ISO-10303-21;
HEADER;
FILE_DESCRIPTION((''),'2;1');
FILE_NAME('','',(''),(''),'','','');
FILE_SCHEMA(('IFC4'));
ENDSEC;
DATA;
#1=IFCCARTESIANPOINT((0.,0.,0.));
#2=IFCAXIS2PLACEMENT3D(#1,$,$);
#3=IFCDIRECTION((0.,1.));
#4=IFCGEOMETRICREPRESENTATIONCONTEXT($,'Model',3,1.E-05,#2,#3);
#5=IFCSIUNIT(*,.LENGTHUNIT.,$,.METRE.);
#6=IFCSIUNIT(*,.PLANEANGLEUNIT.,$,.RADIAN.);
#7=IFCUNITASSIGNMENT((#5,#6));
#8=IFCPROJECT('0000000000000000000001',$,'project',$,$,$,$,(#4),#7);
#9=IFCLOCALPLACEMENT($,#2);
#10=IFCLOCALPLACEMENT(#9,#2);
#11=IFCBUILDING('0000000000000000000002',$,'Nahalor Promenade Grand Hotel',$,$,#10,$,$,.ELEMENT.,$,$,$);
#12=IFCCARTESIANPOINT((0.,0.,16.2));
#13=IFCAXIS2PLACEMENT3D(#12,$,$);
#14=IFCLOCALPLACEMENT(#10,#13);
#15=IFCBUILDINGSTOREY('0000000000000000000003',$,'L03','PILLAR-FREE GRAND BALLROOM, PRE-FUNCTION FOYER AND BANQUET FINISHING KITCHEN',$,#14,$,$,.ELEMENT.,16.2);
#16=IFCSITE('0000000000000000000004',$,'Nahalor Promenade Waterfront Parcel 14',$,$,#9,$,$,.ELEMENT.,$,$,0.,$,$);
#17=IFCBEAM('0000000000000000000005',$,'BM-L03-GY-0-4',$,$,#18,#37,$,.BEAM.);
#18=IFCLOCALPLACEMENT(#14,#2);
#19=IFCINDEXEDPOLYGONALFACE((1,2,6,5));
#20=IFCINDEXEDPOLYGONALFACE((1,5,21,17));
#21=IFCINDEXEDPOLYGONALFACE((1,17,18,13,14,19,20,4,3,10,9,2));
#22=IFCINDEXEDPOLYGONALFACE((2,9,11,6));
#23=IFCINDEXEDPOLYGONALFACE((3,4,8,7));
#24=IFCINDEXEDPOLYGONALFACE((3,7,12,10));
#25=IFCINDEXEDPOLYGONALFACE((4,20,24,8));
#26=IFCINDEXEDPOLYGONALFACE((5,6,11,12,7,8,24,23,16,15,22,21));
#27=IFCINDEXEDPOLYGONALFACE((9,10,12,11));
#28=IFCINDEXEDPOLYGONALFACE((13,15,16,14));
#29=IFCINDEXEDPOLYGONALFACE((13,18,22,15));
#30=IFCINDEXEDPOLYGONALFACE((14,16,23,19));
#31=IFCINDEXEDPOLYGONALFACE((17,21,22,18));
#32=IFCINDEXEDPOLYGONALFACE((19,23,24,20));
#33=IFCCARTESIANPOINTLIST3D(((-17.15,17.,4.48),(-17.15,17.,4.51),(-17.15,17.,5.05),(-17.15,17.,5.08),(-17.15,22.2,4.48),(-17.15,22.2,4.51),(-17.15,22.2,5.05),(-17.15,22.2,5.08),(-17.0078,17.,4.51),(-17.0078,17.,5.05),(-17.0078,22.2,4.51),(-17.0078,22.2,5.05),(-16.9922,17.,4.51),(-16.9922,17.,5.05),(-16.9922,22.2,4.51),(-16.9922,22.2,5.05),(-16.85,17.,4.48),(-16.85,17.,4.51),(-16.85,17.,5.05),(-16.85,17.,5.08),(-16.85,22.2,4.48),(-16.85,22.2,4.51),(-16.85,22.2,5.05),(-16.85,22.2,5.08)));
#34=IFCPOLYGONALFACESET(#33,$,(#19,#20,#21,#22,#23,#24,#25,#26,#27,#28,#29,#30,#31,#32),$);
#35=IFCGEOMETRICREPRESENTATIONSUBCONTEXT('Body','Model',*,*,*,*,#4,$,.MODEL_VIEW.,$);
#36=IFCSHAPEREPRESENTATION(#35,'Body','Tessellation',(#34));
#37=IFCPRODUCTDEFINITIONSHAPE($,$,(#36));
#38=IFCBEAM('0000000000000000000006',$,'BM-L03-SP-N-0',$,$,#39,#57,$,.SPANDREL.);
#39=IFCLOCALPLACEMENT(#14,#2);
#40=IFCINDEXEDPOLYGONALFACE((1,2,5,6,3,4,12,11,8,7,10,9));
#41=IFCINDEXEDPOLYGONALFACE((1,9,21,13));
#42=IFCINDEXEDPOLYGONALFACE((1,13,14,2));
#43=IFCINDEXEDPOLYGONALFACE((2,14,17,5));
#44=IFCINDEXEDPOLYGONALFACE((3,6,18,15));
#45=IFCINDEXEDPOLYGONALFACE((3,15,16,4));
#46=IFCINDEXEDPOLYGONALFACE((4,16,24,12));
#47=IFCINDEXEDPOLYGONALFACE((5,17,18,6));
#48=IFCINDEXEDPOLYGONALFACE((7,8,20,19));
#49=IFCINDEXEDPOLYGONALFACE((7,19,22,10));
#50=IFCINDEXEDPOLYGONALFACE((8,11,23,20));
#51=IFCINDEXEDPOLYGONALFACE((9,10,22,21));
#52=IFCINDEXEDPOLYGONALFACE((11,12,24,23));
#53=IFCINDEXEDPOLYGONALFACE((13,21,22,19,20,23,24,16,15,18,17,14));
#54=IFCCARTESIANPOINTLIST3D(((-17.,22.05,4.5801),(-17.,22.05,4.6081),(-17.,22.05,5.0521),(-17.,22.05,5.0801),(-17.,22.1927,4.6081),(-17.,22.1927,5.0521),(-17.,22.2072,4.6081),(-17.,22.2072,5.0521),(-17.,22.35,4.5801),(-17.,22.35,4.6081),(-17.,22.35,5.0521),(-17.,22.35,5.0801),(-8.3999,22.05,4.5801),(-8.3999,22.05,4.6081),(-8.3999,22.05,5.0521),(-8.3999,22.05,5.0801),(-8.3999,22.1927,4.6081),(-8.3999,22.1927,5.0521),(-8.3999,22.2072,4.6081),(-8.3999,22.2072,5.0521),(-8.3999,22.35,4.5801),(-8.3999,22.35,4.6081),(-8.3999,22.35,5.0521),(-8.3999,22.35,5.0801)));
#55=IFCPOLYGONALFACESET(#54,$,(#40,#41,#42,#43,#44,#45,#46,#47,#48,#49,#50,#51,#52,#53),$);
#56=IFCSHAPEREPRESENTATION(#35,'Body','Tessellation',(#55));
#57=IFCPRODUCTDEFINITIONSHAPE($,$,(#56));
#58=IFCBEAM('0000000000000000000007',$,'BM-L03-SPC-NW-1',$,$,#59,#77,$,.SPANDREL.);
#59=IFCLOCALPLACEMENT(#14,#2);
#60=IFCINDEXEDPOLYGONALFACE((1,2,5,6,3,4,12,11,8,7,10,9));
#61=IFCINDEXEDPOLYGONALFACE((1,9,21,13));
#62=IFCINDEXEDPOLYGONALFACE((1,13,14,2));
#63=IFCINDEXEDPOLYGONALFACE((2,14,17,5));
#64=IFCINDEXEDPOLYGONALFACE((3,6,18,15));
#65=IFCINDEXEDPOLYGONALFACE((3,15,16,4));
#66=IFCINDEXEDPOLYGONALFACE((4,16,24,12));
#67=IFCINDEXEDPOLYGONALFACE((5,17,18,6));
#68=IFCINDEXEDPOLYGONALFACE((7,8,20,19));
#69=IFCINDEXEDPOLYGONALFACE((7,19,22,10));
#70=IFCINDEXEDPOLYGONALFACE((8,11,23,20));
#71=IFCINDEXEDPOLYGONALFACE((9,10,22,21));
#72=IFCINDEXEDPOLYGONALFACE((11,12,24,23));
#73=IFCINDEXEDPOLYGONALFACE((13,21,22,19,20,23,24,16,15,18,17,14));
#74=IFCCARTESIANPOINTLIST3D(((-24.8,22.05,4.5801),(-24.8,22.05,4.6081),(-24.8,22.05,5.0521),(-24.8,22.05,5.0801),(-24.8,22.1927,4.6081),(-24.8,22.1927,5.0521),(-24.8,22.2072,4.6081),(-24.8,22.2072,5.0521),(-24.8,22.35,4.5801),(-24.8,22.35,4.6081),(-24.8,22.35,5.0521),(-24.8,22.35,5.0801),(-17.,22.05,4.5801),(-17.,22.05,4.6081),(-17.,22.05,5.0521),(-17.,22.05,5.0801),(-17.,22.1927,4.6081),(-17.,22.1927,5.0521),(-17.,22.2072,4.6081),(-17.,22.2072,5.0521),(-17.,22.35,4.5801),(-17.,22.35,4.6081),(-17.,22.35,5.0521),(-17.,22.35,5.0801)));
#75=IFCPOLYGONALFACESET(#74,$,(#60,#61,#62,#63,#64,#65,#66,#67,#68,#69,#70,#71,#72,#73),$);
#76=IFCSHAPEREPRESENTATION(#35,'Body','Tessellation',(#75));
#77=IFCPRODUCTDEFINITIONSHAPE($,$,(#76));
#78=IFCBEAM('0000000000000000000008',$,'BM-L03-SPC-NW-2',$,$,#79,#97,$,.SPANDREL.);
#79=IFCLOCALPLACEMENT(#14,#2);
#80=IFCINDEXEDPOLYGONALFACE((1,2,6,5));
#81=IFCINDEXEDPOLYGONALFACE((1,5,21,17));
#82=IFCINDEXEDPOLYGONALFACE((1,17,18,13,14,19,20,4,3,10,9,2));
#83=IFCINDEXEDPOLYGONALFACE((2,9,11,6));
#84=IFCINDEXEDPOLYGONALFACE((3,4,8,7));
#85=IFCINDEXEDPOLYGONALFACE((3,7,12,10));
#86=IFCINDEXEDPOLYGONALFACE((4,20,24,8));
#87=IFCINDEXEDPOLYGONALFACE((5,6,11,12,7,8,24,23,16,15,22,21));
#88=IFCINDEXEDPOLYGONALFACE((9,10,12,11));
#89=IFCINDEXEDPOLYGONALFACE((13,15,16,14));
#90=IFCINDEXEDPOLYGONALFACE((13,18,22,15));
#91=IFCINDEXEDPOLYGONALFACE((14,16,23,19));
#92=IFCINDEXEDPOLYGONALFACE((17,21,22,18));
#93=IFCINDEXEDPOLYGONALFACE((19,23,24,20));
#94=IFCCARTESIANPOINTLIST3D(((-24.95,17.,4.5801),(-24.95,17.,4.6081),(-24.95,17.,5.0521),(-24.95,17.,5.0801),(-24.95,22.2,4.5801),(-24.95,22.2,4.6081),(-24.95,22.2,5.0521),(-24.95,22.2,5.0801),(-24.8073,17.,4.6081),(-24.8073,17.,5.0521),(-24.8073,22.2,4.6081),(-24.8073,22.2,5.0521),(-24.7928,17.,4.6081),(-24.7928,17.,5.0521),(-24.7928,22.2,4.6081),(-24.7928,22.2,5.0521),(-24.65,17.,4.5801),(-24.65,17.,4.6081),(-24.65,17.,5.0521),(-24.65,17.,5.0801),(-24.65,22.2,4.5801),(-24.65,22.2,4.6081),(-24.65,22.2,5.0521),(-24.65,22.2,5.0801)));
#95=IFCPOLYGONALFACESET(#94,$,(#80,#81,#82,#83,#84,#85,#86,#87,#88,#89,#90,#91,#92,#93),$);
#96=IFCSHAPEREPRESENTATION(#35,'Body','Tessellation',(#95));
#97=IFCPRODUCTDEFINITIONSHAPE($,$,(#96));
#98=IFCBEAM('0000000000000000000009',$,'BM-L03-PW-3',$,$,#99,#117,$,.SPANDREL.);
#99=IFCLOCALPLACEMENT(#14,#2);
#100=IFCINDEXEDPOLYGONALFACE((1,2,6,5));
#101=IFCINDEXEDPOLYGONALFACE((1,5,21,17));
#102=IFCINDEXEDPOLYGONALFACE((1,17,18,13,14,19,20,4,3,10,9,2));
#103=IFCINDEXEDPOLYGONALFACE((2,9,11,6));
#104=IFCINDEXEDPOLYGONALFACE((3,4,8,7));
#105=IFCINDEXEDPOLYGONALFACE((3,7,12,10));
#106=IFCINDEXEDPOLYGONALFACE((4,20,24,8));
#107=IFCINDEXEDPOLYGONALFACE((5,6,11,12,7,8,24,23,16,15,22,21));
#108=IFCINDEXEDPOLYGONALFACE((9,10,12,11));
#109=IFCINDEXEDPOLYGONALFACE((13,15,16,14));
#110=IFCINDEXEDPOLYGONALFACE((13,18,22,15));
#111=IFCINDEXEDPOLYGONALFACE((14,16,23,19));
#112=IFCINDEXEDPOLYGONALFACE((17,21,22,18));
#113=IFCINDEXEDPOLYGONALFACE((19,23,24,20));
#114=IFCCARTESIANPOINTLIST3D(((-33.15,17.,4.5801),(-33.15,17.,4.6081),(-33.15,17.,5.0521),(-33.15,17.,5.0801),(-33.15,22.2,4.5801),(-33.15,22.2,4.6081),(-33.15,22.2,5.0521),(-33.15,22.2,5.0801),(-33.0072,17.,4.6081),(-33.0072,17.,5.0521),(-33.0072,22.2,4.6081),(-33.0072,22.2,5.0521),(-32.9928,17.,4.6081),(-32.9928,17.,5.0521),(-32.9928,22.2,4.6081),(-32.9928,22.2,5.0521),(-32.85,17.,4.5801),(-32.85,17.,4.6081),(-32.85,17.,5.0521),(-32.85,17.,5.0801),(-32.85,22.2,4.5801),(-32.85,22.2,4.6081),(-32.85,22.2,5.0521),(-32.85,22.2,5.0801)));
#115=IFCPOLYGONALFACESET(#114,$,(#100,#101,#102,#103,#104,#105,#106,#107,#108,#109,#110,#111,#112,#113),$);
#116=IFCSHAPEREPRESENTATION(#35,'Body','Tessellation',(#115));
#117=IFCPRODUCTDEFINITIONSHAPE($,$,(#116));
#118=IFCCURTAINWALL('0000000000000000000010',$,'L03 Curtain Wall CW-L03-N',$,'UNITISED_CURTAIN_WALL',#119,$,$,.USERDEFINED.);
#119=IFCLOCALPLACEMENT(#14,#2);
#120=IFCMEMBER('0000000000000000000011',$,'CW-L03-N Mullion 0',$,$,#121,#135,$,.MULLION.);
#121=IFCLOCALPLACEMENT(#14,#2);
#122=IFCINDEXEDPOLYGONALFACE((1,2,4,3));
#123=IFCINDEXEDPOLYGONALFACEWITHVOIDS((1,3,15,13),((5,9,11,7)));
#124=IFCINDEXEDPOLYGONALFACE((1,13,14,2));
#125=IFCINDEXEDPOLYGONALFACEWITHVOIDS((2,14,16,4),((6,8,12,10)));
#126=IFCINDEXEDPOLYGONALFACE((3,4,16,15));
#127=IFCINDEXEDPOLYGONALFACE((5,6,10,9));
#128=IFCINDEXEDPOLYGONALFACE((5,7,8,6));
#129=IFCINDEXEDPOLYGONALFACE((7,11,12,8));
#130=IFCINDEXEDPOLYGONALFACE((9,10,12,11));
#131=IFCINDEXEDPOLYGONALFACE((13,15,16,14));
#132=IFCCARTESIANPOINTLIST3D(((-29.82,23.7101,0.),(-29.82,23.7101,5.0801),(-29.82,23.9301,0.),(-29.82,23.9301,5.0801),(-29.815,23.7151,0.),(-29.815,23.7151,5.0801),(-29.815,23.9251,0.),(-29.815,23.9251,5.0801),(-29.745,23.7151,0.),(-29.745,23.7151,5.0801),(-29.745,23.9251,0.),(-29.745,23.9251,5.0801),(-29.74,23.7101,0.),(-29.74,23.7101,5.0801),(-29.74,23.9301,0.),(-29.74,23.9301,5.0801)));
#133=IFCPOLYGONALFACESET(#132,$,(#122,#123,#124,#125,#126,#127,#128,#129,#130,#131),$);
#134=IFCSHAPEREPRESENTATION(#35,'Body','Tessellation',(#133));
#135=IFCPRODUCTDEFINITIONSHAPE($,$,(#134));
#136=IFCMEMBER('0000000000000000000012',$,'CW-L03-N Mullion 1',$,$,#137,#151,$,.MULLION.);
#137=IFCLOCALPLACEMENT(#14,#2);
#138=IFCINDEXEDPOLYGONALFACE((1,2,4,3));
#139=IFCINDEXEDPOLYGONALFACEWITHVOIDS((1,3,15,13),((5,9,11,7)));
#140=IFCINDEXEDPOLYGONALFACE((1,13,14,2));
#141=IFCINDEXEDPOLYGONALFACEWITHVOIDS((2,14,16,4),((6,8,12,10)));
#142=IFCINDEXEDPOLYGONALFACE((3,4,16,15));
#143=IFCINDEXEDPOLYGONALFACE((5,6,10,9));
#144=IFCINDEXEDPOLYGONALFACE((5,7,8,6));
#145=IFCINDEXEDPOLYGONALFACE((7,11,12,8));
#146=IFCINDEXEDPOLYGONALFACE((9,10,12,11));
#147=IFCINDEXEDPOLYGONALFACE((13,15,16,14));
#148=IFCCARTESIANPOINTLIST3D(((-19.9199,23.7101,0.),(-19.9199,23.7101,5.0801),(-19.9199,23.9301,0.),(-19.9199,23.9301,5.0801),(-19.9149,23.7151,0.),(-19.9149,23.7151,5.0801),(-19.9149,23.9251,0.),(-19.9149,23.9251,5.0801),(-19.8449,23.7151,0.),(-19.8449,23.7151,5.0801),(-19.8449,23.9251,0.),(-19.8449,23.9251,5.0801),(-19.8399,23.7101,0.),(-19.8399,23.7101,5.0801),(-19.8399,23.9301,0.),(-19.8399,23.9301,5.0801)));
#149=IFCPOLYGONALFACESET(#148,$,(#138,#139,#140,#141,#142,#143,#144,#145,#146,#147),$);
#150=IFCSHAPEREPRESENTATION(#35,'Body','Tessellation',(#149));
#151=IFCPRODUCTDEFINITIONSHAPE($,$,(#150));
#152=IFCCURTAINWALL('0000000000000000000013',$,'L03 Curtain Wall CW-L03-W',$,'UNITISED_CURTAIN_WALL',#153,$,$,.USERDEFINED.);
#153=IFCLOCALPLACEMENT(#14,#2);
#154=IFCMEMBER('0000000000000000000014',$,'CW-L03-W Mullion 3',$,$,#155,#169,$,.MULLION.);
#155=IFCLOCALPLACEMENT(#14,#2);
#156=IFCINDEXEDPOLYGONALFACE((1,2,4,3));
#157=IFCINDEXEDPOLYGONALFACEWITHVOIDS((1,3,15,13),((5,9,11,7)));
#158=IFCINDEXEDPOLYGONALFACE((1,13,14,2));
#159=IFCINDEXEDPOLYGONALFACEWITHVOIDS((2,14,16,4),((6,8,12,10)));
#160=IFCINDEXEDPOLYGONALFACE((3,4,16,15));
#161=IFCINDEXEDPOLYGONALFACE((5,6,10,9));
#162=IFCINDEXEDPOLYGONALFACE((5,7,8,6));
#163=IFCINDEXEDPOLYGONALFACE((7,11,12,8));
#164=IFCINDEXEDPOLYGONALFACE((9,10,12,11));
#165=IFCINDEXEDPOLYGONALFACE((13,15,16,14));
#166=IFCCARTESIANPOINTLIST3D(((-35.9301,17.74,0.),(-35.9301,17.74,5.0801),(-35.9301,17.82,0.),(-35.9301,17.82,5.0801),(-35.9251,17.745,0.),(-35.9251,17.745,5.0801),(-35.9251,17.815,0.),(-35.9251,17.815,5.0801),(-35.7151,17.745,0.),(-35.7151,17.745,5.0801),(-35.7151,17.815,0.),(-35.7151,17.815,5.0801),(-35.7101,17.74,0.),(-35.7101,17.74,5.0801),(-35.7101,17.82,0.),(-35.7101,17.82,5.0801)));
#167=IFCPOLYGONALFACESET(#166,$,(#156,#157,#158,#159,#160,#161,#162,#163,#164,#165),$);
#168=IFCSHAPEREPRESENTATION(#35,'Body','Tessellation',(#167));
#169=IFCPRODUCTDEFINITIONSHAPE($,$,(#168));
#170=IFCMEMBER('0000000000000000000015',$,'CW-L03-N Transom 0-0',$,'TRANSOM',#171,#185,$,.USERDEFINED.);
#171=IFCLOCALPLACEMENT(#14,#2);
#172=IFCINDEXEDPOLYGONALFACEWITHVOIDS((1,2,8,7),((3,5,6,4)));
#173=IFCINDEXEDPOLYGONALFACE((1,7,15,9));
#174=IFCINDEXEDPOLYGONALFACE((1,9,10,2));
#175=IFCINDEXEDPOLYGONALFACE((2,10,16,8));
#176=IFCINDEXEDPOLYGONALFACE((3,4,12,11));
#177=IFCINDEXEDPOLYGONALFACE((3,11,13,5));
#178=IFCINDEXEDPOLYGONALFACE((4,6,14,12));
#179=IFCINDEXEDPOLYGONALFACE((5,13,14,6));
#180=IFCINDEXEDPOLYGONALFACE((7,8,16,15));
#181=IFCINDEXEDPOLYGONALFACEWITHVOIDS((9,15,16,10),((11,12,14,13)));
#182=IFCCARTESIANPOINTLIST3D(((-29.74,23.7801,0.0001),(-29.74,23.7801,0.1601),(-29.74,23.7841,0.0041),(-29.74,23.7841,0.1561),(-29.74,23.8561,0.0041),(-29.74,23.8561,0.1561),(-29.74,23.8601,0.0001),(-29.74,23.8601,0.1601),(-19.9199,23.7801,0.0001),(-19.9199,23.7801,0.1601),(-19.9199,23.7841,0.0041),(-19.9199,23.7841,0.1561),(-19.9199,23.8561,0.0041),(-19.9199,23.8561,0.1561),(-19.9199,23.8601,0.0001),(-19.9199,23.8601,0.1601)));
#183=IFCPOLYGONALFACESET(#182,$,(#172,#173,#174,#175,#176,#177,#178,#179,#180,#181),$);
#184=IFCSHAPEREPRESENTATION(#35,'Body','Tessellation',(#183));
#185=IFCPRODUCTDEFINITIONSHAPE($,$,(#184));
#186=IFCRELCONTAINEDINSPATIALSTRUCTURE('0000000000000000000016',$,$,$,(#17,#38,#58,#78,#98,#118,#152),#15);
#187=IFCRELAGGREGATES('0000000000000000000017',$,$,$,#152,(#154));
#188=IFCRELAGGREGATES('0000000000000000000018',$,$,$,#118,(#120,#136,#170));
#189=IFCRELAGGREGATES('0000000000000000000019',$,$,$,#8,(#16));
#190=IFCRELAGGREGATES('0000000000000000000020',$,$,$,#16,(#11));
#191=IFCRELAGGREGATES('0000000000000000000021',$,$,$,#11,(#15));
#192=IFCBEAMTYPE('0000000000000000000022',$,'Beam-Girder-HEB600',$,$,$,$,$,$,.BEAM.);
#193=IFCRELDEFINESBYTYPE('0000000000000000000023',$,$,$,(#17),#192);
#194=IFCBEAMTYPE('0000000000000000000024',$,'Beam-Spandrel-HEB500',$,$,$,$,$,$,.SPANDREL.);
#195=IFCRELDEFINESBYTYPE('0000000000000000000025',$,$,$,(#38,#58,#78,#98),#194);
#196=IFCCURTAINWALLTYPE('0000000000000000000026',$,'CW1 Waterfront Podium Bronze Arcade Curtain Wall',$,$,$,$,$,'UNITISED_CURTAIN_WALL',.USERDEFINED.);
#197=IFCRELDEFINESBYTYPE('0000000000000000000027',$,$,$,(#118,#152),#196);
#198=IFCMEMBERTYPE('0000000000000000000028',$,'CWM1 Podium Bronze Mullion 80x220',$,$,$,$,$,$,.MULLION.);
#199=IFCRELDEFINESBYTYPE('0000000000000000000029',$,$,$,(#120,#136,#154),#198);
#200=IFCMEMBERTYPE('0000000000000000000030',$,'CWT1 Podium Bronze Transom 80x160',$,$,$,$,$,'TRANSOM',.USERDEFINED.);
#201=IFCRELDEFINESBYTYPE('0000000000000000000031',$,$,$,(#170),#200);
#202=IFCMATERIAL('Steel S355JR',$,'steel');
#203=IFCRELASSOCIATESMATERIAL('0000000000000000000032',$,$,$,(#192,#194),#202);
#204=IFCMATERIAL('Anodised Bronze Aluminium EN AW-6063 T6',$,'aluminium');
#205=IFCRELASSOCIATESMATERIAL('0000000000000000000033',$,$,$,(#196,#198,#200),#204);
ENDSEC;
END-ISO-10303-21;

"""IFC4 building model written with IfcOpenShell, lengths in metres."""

from ifc_helpers import new_model, si_unit, direction, frame, origin, origin_2d, place, context, subcontext, project, spatial, hollow_rectangle, i_section, extrude, source, transform, mapped, material, material_profile, profile_set, type_object, element, aggregate, save


model = new_model("IFC4")

# Units and contexts
model_context = context("Model", 3, precision=1e-05, world=origin(), true_north=direction((0.0, 1.0)))
body_context = subcontext(model_context, "Body", "Model", "MODEL_VIEW")
ifc_project = project(units=[si_unit("LENGTHUNIT", "METRE"), si_unit("PLANEANGLEUNIT", "RADIAN")], contexts=[model_context])

# Site, building, storey
site_placement = place(None, origin())
site = spatial("IfcSite", under=ifc_project, at=site_placement, Name="Nahalor Promenade Waterfront Parcel 14", CompositionType="ELEMENT", RefElevation=0.0)
building_placement = place(site_placement, origin())
building = spatial("IfcBuilding", under=site, at=building_placement, Name="Nahalor Promenade Grand Hotel", CompositionType="ELEMENT")
storey_placement = place(building_placement, frame((0.0, 0.0, 16.2)))
storey = spatial("IfcBuildingStorey", under=building, at=storey_placement, Name="L03", Description="PILLAR-FREE GRAND BALLROOM, PRE-FUNCTION FOYER AND BANQUET FINISHING KITCHEN", CompositionType="ELEMENT", Elevation=16.2)

# Beams
ifc_material_1 = material(Name="Steel S355JR", Category="steel")
ifc_material_profile_1 = material_profile(ifc_material_1, i_section(OverallWidth=0.3, OverallDepth=0.6, WebThickness=0.0155, FlangeThickness=0.03, at=origin_2d()), Name="HEB 600")
ifc_profile_set_1 = profile_set([ifc_material_profile_1], Name="Steel S355JR")
beam_type_1 = type_object("IfcBeamType", Name="Beam-Girder-HEB600", PredefinedType="BEAM", material=ifc_profile_set_1)
shared_shape_1 = source(origin(), body_context, "Body", "SweptSolid", [
    extrude(i_section(OverallWidth=0.3, OverallDepth=0.6, WebThickness=0.0155, FlangeThickness=0.03, at=origin_2d()), origin(), (0.0, 0.0, 1.0), 5.2),
])
beam_1_placement = place(storey_placement, frame((-17.0, 17.0, 4.78), z_axis=(0.0, 1.0, 0.0), x_axis=(-1.0, 0.0, 0.0)))
element("IfcBeam", 1, at=beam_1_placement, inside=storey, type_object=beam_type_1, Name="BM-L03-GY-0-4", PredefinedType="BEAM", context=body_context, shape_type="MappedRepresentation", body=[
    mapped(shared_shape_1, transform((0.0, 0.0, 0.0), scale=1.0)),
])
ifc_material_profile_2 = material_profile(ifc_material_1, i_section(OverallWidth=0.3, OverallDepth=0.5, WebThickness=0.0145, FlangeThickness=0.028, at=origin_2d()), Name="HEB 500")
ifc_profile_set_2 = profile_set([ifc_material_profile_2], Name="Steel S355JR")
beam_type_2 = type_object("IfcBeamType", Name="Beam-Spandrel-HEB500", PredefinedType="SPANDREL", material=ifc_profile_set_2)
shared_shape_2 = source(origin(), body_context, "Body", "SweptSolid", [
    extrude(i_section(OverallWidth=0.3, OverallDepth=0.5, WebThickness=0.0145, FlangeThickness=0.028, at=origin_2d()), origin(), (0.0, 0.0, 1.0), 8.6001),
])
beam_2_placement = place(storey_placement, frame((-17.0, 22.2, 4.8301), z_axis=(1.0, 0.0, 0.0), x_axis=(0.0, 1.0, 0.0)))
element("IfcBeam", 2, at=beam_2_placement, inside=storey, type_object=beam_type_2, Name="BM-L03-SP-N-0", PredefinedType="SPANDREL", context=body_context, shape_type="MappedRepresentation", body=[
    mapped(shared_shape_2, transform((0.0, 0.0, 0.0), scale=1.0)),
])
shared_shape_3 = source(origin(), body_context, "Body", "SweptSolid", [
    extrude(i_section(OverallWidth=0.3, OverallDepth=0.5, WebThickness=0.0145, FlangeThickness=0.028, at=origin_2d()), origin(), (0.0, 0.0, 1.0), 7.8),
])
beam_3_placement = place(storey_placement, frame((-17.0, 22.2, 4.8301), z_axis=(-1.0, 0.0, 0.0), x_axis=(0.0, -1.0, 0.0)))
element("IfcBeam", 3, at=beam_3_placement, inside=storey, type_object=beam_type_2, Name="BM-L03-SPC-NW-1", PredefinedType="SPANDREL", context=body_context, shape_type="MappedRepresentation", body=[
    mapped(shared_shape_3, transform((0.0, 0.0, 0.0), scale=1.0)),
])
shared_shape_4 = source(origin(), body_context, "Body", "SweptSolid", [
    extrude(i_section(OverallWidth=0.3, OverallDepth=0.5, WebThickness=0.0145, FlangeThickness=0.028, at=origin_2d()), origin(), (0.0, 0.0, 1.0), 5.2),
])
for number, where, z_axis, x_axis, name in (
    (4, (-24.8, 22.2, 4.8301), (0.0, -1.0, 0.0), (1.0, 0.0, 0.0), "BM-L03-SPC-NW-2"),
    (5, (-33.0, 17.0, 4.8301), (0.0, 1.0, 0.0), (-1.0, 0.0, 0.0), "BM-L03-PW-3"),
):
    element("IfcBeam", number, at=place(storey_placement, frame(where, z_axis=z_axis, x_axis=x_axis)), inside=storey, type_object=beam_type_2, Name=name, PredefinedType="SPANDREL", context=body_context, shape_type="MappedRepresentation", body=[
        mapped(shared_shape_4, transform((0.0, 0.0, 0.0), scale=1.0)),
    ])

# Curtain wall, members
ifc_material_2 = material(Name="Anodised Bronze Aluminium EN AW-6063 T6", Category="aluminium")
curtain_wall_type = type_object("IfcCurtainWallType", Name="CW1 Waterfront Podium Bronze Arcade Curtain Wall", ElementType="UNITISED_CURTAIN_WALL", PredefinedType="USERDEFINED", material=ifc_material_2)
curtain_wall_1_placement = place(storey_placement, origin())
curtain_wall_1 = element("IfcCurtainWall", 6, at=curtain_wall_1_placement, inside=storey, type_object=curtain_wall_type, Name="L03 Curtain Wall CW-L03-N", ObjectType="UNITISED_CURTAIN_WALL", PredefinedType="USERDEFINED")
ifc_material_profile_3 = material_profile(ifc_material_2, hollow_rectangle(XDim=0.08, YDim=0.22, WallThickness=0.005, at=origin_2d()), Name="CWM 80x220x5")
ifc_profile_set_3 = profile_set([ifc_material_profile_3], Name="Anodised Bronze Aluminium EN AW-6063 T6")
member_type_1 = type_object("IfcMemberType", Name="CWM1 Podium Bronze Mullion 80x220", PredefinedType="MULLION", material=ifc_profile_set_3)
shared_shape_5 = source(origin(), body_context, "Body", "SweptSolid", [
    extrude(hollow_rectangle(XDim=0.08, YDim=0.22, WallThickness=0.005, at=origin_2d()), origin(), (0.0, 0.0, 1.0), 5.0801),
])
member_1_placement = place(storey_placement, frame((-29.78, 23.8201, 0.0), z_axis=(0.0, 0.0, 1.0), x_axis=(1.0, 0.0, 0.0)))
member_1 = element("IfcMember", 7, at=member_1_placement, type_object=member_type_1, Name="CW-L03-N Mullion 0", PredefinedType="MULLION", context=body_context, shape_type="MappedRepresentation", body=[
    mapped(shared_shape_5, transform((0.0, 0.0, 0.0), scale=1.0)),
])
member_2_placement = place(storey_placement, frame((-19.8799, 23.8201, 0.0), z_axis=(0.0, 0.0, 1.0), x_axis=(1.0, 0.0, 0.0)))
member_2 = element("IfcMember", 8, at=member_2_placement, type_object=member_type_1, Name="CW-L03-N Mullion 1", PredefinedType="MULLION", context=body_context, shape_type="MappedRepresentation", body=[
    mapped(shared_shape_5, transform((0.0, 0.0, 0.0), scale=1.0)),
])

# Curtain wall, member
curtain_wall_2_placement = place(storey_placement, origin())
curtain_wall_2 = element("IfcCurtainWall", 9, at=curtain_wall_2_placement, inside=storey, type_object=curtain_wall_type, Name="L03 Curtain Wall CW-L03-W", ObjectType="UNITISED_CURTAIN_WALL", PredefinedType="USERDEFINED")
member_3_placement = place(storey_placement, frame((-35.8201, 17.78, 0.0), z_axis=(0.0, 0.0, 1.0), x_axis=(0.0, 1.0, 0.0)))
member_3 = element("IfcMember", 10, at=member_3_placement, type_object=member_type_1, Name="CW-L03-W Mullion 3", PredefinedType="MULLION", context=body_context, shape_type="MappedRepresentation", body=[
    mapped(shared_shape_5, transform((0.0, 0.0, 0.0), scale=1.0)),
])
aggregate(curtain_wall_2, [member_3])

# Member
ifc_material_profile_4 = material_profile(ifc_material_2, hollow_rectangle(XDim=0.08, YDim=0.16, WallThickness=0.004, at=origin_2d()), Name="CWT 80x160x4")
ifc_profile_set_4 = profile_set([ifc_material_profile_4], Name="Anodised Bronze Aluminium EN AW-6063 T6")
member_type_2 = type_object("IfcMemberType", Name="CWT1 Podium Bronze Transom 80x160", ElementType="TRANSOM", PredefinedType="USERDEFINED", material=ifc_profile_set_4)
shared_shape_6 = source(origin(), body_context, "Body", "SweptSolid", [
    extrude(hollow_rectangle(XDim=0.08, YDim=0.16, WallThickness=0.004, at=origin_2d()), origin(), (0.0, 0.0, 1.0), 9.8201),
])
member_4_placement = place(storey_placement, frame((-29.74, 23.8201, 0.0801), z_axis=(1.0, 0.0, 0.0), x_axis=(0.0, 1.0, 0.0)))
member_4 = element("IfcMember", 11, at=member_4_placement, type_object=member_type_2, Name="CW-L03-N Transom 0-0", ObjectType="TRANSOM", PredefinedType="USERDEFINED", context=body_context, shape_type="MappedRepresentation", body=[
    mapped(shared_shape_6, transform((0.0, 0.0, 0.0), scale=1.0)),
])

aggregate(curtain_wall_1, [member_1, member_2, member_4])

save(model, "model.ifc")
